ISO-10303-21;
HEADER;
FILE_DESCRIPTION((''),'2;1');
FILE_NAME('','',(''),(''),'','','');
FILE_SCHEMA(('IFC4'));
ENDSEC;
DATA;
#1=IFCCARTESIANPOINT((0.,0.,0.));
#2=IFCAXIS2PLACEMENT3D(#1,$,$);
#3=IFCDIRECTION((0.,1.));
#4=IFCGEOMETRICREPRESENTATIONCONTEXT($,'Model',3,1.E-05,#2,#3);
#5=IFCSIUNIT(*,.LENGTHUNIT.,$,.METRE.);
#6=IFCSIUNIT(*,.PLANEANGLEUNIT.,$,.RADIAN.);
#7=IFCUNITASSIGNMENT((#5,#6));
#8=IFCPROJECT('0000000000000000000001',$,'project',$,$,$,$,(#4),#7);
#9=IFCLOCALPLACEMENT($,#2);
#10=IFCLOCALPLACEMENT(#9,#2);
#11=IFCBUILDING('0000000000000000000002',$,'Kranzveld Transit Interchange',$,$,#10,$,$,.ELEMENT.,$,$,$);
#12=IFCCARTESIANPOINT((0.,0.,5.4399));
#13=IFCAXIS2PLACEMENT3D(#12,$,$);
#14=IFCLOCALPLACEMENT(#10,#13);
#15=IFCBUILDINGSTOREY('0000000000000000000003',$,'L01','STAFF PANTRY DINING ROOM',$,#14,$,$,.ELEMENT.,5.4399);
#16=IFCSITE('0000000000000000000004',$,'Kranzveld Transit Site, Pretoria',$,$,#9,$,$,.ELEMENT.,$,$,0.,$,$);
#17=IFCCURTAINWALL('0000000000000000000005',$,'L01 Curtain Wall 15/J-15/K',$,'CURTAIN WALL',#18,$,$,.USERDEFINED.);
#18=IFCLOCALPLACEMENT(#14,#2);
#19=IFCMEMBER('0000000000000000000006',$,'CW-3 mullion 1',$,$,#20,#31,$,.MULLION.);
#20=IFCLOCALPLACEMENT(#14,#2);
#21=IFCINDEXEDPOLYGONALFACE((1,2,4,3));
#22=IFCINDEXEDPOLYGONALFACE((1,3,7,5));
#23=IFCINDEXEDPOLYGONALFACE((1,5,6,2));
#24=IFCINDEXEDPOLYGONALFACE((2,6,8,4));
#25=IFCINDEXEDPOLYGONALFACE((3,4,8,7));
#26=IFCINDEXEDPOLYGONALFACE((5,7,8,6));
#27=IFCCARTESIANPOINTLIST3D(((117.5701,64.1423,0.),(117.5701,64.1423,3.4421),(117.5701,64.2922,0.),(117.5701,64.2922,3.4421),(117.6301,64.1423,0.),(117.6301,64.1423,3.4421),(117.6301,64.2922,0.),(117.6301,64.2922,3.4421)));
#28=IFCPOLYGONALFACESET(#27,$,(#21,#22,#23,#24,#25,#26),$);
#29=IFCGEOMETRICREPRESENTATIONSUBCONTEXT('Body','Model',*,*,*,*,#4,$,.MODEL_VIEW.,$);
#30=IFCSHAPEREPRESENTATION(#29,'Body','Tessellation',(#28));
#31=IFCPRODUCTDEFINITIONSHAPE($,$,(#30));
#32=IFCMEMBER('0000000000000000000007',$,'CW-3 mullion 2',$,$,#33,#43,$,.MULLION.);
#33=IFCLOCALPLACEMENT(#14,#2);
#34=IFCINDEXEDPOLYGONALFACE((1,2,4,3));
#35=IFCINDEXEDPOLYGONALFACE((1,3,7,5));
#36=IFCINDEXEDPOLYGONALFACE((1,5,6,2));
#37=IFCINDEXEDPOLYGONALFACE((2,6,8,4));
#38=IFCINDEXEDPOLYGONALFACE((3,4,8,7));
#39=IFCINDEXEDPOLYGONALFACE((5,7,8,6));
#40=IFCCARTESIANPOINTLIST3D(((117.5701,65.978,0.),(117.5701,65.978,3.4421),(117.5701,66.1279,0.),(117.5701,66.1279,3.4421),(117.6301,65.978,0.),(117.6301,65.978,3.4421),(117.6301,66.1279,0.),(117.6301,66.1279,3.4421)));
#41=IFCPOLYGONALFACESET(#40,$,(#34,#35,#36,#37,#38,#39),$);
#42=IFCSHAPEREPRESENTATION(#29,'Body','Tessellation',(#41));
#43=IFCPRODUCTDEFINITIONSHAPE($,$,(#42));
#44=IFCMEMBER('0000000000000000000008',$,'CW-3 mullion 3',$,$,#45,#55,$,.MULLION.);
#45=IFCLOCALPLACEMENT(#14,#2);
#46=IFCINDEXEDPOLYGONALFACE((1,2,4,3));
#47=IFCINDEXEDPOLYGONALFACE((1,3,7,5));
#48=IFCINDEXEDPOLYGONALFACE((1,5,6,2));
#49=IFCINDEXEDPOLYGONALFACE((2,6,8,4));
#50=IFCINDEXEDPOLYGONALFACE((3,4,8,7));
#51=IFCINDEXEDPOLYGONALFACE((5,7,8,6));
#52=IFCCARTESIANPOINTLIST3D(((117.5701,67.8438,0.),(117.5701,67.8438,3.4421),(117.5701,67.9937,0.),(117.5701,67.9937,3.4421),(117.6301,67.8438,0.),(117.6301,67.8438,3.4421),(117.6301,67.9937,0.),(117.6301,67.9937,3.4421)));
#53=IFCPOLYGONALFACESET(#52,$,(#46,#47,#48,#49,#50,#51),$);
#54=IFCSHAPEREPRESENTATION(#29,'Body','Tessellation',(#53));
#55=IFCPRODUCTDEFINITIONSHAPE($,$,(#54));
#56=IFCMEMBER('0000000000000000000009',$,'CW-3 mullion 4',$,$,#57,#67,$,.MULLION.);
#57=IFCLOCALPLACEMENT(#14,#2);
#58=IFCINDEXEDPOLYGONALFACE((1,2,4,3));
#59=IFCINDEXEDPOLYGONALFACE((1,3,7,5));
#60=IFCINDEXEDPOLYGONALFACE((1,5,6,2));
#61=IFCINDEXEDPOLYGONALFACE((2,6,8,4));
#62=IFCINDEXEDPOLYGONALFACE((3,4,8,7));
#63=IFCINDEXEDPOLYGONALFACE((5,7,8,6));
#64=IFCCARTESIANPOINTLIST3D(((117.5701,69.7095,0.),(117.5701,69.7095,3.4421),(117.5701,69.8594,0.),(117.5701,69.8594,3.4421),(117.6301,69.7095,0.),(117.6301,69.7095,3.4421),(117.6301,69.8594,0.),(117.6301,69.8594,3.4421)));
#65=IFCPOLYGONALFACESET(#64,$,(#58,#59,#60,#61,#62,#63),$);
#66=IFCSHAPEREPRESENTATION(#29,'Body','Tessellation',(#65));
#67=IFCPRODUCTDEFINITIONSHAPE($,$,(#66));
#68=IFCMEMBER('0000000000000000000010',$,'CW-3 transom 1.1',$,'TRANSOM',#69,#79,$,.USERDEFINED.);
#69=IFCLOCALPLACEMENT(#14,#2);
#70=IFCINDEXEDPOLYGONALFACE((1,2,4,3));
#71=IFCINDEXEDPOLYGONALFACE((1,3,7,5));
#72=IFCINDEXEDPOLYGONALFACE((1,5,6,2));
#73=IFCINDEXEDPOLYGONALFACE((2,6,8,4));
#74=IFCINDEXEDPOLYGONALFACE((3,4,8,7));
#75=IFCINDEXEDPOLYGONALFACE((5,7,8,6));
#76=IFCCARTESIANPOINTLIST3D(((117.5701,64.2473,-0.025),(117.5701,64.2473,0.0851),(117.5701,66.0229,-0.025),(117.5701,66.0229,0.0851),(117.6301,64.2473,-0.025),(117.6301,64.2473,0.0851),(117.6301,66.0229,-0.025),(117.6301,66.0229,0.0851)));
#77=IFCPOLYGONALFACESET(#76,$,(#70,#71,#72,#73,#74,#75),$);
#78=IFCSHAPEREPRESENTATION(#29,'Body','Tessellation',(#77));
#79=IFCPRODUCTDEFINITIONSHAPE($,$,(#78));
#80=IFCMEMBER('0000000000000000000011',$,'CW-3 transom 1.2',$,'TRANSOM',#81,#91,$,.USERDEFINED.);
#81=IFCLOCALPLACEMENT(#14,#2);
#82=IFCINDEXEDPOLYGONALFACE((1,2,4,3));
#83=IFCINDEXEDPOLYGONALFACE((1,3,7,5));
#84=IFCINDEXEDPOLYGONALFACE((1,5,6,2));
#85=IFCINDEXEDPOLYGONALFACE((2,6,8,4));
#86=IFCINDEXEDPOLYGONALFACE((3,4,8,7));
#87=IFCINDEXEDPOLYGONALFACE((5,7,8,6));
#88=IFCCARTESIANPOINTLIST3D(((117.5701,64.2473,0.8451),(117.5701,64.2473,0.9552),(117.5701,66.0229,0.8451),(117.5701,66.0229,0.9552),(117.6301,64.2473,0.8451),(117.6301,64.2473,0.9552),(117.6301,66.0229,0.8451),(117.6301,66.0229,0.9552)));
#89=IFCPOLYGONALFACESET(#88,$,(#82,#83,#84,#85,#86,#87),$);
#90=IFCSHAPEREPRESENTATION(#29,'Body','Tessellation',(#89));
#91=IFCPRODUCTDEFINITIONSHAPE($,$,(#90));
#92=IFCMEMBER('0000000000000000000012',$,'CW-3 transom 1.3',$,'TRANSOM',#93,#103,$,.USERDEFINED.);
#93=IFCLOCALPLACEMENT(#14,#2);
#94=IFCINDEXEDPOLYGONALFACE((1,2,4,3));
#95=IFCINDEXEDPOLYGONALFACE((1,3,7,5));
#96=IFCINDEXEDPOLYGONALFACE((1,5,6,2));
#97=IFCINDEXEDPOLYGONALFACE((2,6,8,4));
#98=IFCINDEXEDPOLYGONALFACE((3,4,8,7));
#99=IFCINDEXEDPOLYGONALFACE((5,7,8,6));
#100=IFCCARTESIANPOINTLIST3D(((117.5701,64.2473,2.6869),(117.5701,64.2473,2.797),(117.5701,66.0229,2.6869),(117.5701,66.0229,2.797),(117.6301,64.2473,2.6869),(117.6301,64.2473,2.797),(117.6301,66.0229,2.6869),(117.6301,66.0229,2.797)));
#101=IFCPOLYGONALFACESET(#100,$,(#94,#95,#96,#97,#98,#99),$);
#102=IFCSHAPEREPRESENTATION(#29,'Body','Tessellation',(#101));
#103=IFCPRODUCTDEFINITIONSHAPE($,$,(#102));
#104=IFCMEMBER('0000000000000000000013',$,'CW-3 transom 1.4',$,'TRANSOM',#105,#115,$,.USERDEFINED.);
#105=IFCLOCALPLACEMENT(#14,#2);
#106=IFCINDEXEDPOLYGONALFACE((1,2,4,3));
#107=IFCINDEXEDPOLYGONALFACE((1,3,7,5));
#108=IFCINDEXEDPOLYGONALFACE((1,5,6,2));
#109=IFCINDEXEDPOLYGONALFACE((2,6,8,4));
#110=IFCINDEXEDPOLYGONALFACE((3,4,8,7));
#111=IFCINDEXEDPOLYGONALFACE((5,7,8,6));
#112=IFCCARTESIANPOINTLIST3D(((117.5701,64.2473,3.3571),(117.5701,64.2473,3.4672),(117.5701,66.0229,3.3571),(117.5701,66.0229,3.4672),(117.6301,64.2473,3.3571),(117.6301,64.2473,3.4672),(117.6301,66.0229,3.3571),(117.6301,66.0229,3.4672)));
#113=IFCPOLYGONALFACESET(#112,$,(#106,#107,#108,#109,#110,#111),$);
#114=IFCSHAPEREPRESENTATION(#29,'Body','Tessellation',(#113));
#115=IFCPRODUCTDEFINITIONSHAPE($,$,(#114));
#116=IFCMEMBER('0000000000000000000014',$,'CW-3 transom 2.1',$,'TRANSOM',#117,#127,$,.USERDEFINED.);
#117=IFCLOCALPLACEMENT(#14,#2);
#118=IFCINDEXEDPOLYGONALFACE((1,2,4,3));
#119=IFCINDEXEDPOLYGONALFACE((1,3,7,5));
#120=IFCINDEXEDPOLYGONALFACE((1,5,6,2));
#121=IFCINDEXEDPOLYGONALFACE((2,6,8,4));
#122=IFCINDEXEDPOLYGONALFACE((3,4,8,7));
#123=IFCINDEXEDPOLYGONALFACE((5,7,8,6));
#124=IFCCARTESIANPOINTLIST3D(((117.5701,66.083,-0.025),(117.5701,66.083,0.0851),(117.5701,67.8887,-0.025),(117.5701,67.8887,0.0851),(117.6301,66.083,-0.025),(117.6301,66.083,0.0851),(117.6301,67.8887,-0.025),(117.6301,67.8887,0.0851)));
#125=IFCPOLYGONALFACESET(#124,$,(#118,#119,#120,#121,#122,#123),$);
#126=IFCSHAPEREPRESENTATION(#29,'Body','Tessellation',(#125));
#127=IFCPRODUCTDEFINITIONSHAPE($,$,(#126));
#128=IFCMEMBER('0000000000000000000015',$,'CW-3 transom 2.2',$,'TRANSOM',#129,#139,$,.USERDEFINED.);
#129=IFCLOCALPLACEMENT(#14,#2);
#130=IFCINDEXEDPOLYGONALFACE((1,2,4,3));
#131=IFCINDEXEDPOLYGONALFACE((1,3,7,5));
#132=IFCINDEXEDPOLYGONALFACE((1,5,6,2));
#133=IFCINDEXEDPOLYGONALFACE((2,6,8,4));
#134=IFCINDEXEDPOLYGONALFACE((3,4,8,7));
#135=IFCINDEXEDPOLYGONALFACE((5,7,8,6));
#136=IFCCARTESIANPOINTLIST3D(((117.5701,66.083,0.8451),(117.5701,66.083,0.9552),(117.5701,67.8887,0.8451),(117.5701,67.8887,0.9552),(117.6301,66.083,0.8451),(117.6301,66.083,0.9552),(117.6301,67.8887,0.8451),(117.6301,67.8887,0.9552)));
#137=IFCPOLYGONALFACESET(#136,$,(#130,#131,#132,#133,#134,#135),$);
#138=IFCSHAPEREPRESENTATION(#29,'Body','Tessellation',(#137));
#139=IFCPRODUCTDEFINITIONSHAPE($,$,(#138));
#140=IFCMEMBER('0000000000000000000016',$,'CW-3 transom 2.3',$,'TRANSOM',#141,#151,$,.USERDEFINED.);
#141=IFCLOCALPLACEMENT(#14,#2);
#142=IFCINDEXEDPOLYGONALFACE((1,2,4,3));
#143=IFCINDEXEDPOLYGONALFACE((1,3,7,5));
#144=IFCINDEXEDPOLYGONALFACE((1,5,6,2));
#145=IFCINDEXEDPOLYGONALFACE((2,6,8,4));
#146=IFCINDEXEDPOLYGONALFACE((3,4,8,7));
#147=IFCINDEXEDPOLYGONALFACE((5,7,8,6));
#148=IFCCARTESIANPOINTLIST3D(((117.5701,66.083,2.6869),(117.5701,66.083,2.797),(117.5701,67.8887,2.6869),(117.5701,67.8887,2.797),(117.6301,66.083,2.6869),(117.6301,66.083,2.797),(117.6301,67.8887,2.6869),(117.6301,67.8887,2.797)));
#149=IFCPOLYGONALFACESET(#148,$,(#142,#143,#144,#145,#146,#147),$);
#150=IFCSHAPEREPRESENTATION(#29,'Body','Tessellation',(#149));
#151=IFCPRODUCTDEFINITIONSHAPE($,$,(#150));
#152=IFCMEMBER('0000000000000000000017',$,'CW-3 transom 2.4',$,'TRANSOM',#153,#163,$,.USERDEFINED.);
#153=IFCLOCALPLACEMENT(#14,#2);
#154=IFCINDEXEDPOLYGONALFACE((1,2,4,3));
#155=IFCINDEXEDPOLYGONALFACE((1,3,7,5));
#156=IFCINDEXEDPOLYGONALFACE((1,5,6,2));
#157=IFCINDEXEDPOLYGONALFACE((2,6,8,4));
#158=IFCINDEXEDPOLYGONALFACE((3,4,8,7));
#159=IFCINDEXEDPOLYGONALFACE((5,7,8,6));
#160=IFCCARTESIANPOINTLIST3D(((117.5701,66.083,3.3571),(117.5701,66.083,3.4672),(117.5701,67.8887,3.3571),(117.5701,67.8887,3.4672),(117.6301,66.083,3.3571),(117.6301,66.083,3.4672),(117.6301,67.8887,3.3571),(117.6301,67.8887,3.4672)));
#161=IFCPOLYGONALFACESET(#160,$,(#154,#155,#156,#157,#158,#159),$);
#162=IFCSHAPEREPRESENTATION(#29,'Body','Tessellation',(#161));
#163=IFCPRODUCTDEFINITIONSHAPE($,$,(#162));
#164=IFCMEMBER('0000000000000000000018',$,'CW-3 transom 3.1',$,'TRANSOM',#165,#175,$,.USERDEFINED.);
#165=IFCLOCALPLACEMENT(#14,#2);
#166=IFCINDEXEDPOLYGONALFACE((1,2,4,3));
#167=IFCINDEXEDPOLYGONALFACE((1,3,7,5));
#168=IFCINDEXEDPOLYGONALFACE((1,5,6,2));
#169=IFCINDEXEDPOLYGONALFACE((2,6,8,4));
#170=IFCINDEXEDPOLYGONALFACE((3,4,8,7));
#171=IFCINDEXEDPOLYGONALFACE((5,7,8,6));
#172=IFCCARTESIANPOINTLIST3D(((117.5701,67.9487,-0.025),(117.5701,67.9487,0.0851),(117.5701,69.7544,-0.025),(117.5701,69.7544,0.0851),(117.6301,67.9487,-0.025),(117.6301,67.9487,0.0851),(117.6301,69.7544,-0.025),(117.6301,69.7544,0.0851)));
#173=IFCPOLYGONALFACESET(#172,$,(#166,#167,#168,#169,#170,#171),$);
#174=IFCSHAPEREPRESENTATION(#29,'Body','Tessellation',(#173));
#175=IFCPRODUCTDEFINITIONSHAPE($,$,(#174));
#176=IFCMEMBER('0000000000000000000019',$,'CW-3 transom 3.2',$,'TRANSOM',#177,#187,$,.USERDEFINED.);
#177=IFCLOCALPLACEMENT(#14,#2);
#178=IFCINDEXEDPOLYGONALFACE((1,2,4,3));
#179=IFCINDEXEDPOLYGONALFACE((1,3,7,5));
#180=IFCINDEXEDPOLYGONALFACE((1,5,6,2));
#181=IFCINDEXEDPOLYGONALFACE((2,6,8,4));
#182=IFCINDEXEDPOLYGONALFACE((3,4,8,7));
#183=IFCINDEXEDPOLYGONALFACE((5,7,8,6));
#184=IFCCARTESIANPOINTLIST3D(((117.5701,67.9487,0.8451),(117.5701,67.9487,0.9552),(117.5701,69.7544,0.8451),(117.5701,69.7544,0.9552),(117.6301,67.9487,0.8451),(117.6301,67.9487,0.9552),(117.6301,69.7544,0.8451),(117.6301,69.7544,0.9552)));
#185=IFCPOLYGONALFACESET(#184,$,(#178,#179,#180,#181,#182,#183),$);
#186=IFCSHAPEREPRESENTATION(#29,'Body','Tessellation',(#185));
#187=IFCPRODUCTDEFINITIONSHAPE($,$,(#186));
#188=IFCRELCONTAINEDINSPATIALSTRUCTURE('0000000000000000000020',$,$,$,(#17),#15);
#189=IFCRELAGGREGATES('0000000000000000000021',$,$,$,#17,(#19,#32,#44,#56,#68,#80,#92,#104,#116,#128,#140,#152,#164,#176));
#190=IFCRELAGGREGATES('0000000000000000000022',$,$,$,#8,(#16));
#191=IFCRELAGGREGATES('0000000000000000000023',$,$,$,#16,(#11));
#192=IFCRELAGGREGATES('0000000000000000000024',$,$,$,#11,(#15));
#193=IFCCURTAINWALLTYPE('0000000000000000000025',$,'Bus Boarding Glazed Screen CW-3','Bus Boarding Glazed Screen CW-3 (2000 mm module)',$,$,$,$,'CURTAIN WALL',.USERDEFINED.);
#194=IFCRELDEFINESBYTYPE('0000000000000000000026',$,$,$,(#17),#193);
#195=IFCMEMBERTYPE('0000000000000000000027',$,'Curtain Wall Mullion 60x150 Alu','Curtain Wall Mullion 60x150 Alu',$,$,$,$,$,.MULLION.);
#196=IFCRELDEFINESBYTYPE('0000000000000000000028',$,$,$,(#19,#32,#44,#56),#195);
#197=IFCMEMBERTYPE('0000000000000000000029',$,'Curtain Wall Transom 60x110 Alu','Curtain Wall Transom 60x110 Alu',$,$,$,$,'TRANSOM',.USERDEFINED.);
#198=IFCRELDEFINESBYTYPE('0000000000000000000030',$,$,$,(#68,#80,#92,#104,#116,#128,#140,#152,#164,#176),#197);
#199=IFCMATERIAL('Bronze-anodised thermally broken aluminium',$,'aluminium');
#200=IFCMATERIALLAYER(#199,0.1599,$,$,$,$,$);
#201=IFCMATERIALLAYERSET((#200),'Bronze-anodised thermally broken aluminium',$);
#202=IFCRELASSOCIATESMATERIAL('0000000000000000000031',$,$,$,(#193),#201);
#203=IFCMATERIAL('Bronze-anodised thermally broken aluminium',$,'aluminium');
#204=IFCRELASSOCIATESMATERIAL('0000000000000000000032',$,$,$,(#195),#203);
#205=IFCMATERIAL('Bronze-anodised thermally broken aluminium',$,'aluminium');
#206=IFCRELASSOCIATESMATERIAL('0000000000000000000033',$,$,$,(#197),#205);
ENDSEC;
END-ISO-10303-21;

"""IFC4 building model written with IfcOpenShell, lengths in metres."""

from ifc_helpers import new_model, si_unit, direction, frame, origin, origin_2d, place, context, subcontext, project, spatial, rectangle, extrude, material, layer, layer_set, material_profile, profile_set, type_object, element, aggregate, save


model = new_model("IFC4")

# Units and contexts
model_context = context("Model", 3, precision=1e-05, world=origin(), true_north=direction((0.0, 1.0)))
body_context = subcontext(model_context, "Body", "Model", "MODEL_VIEW")
ifc_project = project(units=[si_unit("LENGTHUNIT", "METRE"), si_unit("PLANEANGLEUNIT", "RADIAN")], contexts=[model_context])

# Site, building, storey
site_placement = place(None, origin())
site = spatial("IfcSite", under=ifc_project, at=site_placement, Name="Kranzveld Transit Site, Pretoria", CompositionType="ELEMENT", RefElevation=0.0)
building_placement = place(site_placement, origin())
building = spatial("IfcBuilding", under=site, at=building_placement, Name="Kranzveld Transit Interchange", CompositionType="ELEMENT")
storey_placement = place(building_placement, frame((0.0, 0.0, 5.4399)))
storey = spatial("IfcBuildingStorey", under=building, at=storey_placement, Name="L01", Description="STAFF PANTRY DINING ROOM", CompositionType="ELEMENT", Elevation=5.4399)

# Curtain wall, members
ifc_material_1 = material(Name="Bronze-anodised thermally broken aluminium", Category="aluminium")
ifc_layer_1 = layer(ifc_material_1, 0.1599)
ifc_layer_set_1 = layer_set([ifc_layer_1], Name="Bronze-anodised thermally broken aluminium")
curtain_wall_type = type_object("IfcCurtainWallType", Name="Bus Boarding Glazed Screen CW-3", Description="Bus Boarding Glazed Screen CW-3 (2000 mm module)", ElementType="CURTAIN WALL", PredefinedType="USERDEFINED", material=ifc_layer_set_1)
curtain_wall_placement = place(storey_placement, origin())
curtain_wall = element("IfcCurtainWall", 1, at=curtain_wall_placement, inside=storey, type_object=curtain_wall_type, Name="L01 Curtain Wall 15/J-15/K", ObjectType="CURTAIN WALL", PredefinedType="USERDEFINED")
ifc_material_2 = material(Name="Bronze-anodised thermally broken aluminium", Category="aluminium")
ifc_material_profile_1 = material_profile(ifc_material_2, rectangle(XDim=0.0601, YDim=0.1499, at=origin_2d()), Name="ALU MULLION 60x150")
ifc_profile_set_1 = profile_set([ifc_material_profile_1], Name="Bronze-anodised thermally broken aluminium")
member_type_1 = type_object("IfcMemberType", Name="Curtain Wall Mullion 60x150 Alu", Description="Curtain Wall Mullion 60x150 Alu", PredefinedType="MULLION", material=ifc_profile_set_1)
member_1_placement = place(storey_placement, frame((117.6001, 64.2173, 0.0), z_axis=(0.0, 0.0, 1.0), x_axis=(-1.0, 0.0, 0.0)))
member_1 = element("IfcMember", 2, at=member_1_placement, type_object=member_type_1, Name="CW-3 mullion 1", PredefinedType="MULLION", context=body_context, shape_type="SweptSolid", body=[
    extrude(rectangle(XDim=0.0601, YDim=0.1499, at=origin_2d()), origin(), (0.0, 0.0, 1.0), 3.4421),
])
member_2_placement = place(storey_placement, frame((117.6001, 66.053, 0.0), z_axis=(0.0, 0.0, 1.0), x_axis=(-1.0, 0.0, 0.0)))
member_2 = element("IfcMember", 3, at=member_2_placement, type_object=member_type_1, Name="CW-3 mullion 2", PredefinedType="MULLION", context=body_context, shape_type="SweptSolid", body=[
    extrude(rectangle(XDim=0.0601, YDim=0.1499, at=origin_2d()), origin(), (0.0, 0.0, 1.0), 3.4421),
])
member_3_placement = place(storey_placement, frame((117.6001, 67.9187, 0.0), z_axis=(0.0, 0.0, 1.0), x_axis=(-1.0, 0.0, 0.0)))
member_3 = element("IfcMember", 4, at=member_3_placement, type_object=member_type_1, Name="CW-3 mullion 3", PredefinedType="MULLION", context=body_context, shape_type="SweptSolid", body=[
    extrude(rectangle(XDim=0.0601, YDim=0.1499, at=origin_2d()), origin(), (0.0, 0.0, 1.0), 3.4421),
])
member_4_placement = place(storey_placement, frame((117.6001, 69.7844, 0.0), z_axis=(0.0, 0.0, 1.0), x_axis=(-1.0, 0.0, 0.0)))
member_4 = element("IfcMember", 5, at=member_4_placement, type_object=member_type_1, Name="CW-3 mullion 4", PredefinedType="MULLION", context=body_context, shape_type="SweptSolid", body=[
    extrude(rectangle(XDim=0.0601, YDim=0.1499, at=origin_2d()), origin(), (0.0, 0.0, 1.0), 3.4421),
])
ifc_material_3 = material(Name="Bronze-anodised thermally broken aluminium", Category="aluminium")
ifc_material_profile_2 = material_profile(ifc_material_3, rectangle(XDim=0.0601, YDim=0.1101, at=origin_2d()), Name="ALU TRANSOM 60x110")
ifc_profile_set_2 = profile_set([ifc_material_profile_2], Name="Bronze-anodised thermally broken aluminium")
member_type_2 = type_object("IfcMemberType", Name="Curtain Wall Transom 60x110 Alu", Description="Curtain Wall Transom 60x110 Alu", ElementType="TRANSOM", PredefinedType="USERDEFINED", material=ifc_profile_set_2)
member_5_placement = place(storey_placement, frame((117.6001, 64.2473, 0.03), z_axis=(0.0, 1.0, 0.0), x_axis=(-1.0, 0.0, 0.0)))
member_5 = element("IfcMember", 6, at=member_5_placement, type_object=member_type_2, Name="CW-3 transom 1.1", ObjectType="TRANSOM", PredefinedType="USERDEFINED", context=body_context, shape_type="SweptSolid", body=[
    extrude(rectangle(XDim=0.0601, YDim=0.1101, at=origin_2d()), origin(), (0.0, 0.0, 1.0), 1.7756),
])
member_6_placement = place(storey_placement, frame((117.6001, 64.2473, 0.9001), z_axis=(0.0, 1.0, 0.0), x_axis=(-1.0, 0.0, 0.0)))
member_6 = element("IfcMember", 7, at=member_6_placement, type_object=member_type_2, Name="CW-3 transom 1.2", ObjectType="TRANSOM", PredefinedType="USERDEFINED", context=body_context, shape_type="SweptSolid", body=[
    extrude(rectangle(XDim=0.0601, YDim=0.1101, at=origin_2d()), origin(), (0.0, 0.0, 1.0), 1.7756),
])
member_7_placement = place(storey_placement, frame((117.6001, 64.2473, 2.7419), z_axis=(0.0, 1.0, 0.0), x_axis=(-1.0, 0.0, 0.0)))
member_7 = element("IfcMember", 8, at=member_7_placement, type_object=member_type_2, Name="CW-3 transom 1.3", ObjectType="TRANSOM", PredefinedType="USERDEFINED", context=body_context, shape_type="SweptSolid", body=[
    extrude(rectangle(XDim=0.0601, YDim=0.1101, at=origin_2d()), origin(), (0.0, 0.0, 1.0), 1.7756),
])
member_8_placement = place(storey_placement, frame((117.6001, 64.2473, 3.4121), z_axis=(0.0, 1.0, 0.0), x_axis=(-1.0, 0.0, 0.0)))
member_8 = element("IfcMember", 9, at=member_8_placement, type_object=member_type_2, Name="CW-3 transom 1.4", ObjectType="TRANSOM", PredefinedType="USERDEFINED", context=body_context, shape_type="SweptSolid", body=[
    extrude(rectangle(XDim=0.0601, YDim=0.1101, at=origin_2d()), origin(), (0.0, 0.0, 1.0), 1.7756),
])
member_9_placement = place(storey_placement, frame((117.6001, 66.083, 0.03), z_axis=(0.0, 1.0, 0.0), x_axis=(-1.0, 0.0, 0.0)))
member_9 = element("IfcMember", 10, at=member_9_placement, type_object=member_type_2, Name="CW-3 transom 2.1", ObjectType="TRANSOM", PredefinedType="USERDEFINED", context=body_context, shape_type="SweptSolid", body=[
    extrude(rectangle(XDim=0.0601, YDim=0.1101, at=origin_2d()), origin(), (0.0, 0.0, 1.0), 1.8057),
])
member_10_placement = place(storey_placement, frame((117.6001, 66.083, 0.9001), z_axis=(0.0, 1.0, 0.0), x_axis=(-1.0, 0.0, 0.0)))
member_10 = element("IfcMember", 11, at=member_10_placement, type_object=member_type_2, Name="CW-3 transom 2.2", ObjectType="TRANSOM", PredefinedType="USERDEFINED", context=body_context, shape_type="SweptSolid", body=[
    extrude(rectangle(XDim=0.0601, YDim=0.1101, at=origin_2d()), origin(), (0.0, 0.0, 1.0), 1.8057),
])
member_11_placement = place(storey_placement, frame((117.6001, 66.083, 2.7419), z_axis=(0.0, 1.0, 0.0), x_axis=(-1.0, 0.0, 0.0)))
member_11 = element("IfcMember", 12, at=member_11_placement, type_object=member_type_2, Name="CW-3 transom 2.3", ObjectType="TRANSOM", PredefinedType="USERDEFINED", context=body_context, shape_type="SweptSolid", body=[
    extrude(rectangle(XDim=0.0601, YDim=0.1101, at=origin_2d()), origin(), (0.0, 0.0, 1.0), 1.8057),
])
member_12_placement = place(storey_placement, frame((117.6001, 66.083, 3.4121), z_axis=(0.0, 1.0, 0.0), x_axis=(-1.0, 0.0, 0.0)))
member_12 = element("IfcMember", 13, at=member_12_placement, type_object=member_type_2, Name="CW-3 transom 2.4", ObjectType="TRANSOM", PredefinedType="USERDEFINED", context=body_context, shape_type="SweptSolid", body=[
    extrude(rectangle(XDim=0.0601, YDim=0.1101, at=origin_2d()), origin(), (0.0, 0.0, 1.0), 1.8057),
])
member_13_placement = place(storey_placement, frame((117.6001, 67.9487, 0.03), z_axis=(0.0, 1.0, 0.0), x_axis=(-1.0, 0.0, 0.0)))
member_13 = element("IfcMember", 14, at=member_13_placement, type_object=member_type_2, Name="CW-3 transom 3.1", ObjectType="TRANSOM", PredefinedType="USERDEFINED", context=body_context, shape_type="SweptSolid", body=[
    extrude(rectangle(XDim=0.0601, YDim=0.1101, at=origin_2d()), origin(), (0.0, 0.0, 1.0), 1.8057),
])
member_14_placement = place(storey_placement, frame((117.6001, 67.9487, 0.9001), z_axis=(0.0, 1.0, 0.0), x_axis=(-1.0, 0.0, 0.0)))
member_14 = element("IfcMember", 15, at=member_14_placement, type_object=member_type_2, Name="CW-3 transom 3.2", ObjectType="TRANSOM", PredefinedType="USERDEFINED", context=body_context, shape_type="SweptSolid", body=[
    extrude(rectangle(XDim=0.0601, YDim=0.1101, at=origin_2d()), origin(), (0.0, 0.0, 1.0), 1.8057),
])

aggregate(curtain_wall, [member_1, member_2, member_3, member_4, member_5, member_6, member_7, member_8, member_9, member_10, member_11, member_12, member_13, member_14])

save(model, "model.ifc")
